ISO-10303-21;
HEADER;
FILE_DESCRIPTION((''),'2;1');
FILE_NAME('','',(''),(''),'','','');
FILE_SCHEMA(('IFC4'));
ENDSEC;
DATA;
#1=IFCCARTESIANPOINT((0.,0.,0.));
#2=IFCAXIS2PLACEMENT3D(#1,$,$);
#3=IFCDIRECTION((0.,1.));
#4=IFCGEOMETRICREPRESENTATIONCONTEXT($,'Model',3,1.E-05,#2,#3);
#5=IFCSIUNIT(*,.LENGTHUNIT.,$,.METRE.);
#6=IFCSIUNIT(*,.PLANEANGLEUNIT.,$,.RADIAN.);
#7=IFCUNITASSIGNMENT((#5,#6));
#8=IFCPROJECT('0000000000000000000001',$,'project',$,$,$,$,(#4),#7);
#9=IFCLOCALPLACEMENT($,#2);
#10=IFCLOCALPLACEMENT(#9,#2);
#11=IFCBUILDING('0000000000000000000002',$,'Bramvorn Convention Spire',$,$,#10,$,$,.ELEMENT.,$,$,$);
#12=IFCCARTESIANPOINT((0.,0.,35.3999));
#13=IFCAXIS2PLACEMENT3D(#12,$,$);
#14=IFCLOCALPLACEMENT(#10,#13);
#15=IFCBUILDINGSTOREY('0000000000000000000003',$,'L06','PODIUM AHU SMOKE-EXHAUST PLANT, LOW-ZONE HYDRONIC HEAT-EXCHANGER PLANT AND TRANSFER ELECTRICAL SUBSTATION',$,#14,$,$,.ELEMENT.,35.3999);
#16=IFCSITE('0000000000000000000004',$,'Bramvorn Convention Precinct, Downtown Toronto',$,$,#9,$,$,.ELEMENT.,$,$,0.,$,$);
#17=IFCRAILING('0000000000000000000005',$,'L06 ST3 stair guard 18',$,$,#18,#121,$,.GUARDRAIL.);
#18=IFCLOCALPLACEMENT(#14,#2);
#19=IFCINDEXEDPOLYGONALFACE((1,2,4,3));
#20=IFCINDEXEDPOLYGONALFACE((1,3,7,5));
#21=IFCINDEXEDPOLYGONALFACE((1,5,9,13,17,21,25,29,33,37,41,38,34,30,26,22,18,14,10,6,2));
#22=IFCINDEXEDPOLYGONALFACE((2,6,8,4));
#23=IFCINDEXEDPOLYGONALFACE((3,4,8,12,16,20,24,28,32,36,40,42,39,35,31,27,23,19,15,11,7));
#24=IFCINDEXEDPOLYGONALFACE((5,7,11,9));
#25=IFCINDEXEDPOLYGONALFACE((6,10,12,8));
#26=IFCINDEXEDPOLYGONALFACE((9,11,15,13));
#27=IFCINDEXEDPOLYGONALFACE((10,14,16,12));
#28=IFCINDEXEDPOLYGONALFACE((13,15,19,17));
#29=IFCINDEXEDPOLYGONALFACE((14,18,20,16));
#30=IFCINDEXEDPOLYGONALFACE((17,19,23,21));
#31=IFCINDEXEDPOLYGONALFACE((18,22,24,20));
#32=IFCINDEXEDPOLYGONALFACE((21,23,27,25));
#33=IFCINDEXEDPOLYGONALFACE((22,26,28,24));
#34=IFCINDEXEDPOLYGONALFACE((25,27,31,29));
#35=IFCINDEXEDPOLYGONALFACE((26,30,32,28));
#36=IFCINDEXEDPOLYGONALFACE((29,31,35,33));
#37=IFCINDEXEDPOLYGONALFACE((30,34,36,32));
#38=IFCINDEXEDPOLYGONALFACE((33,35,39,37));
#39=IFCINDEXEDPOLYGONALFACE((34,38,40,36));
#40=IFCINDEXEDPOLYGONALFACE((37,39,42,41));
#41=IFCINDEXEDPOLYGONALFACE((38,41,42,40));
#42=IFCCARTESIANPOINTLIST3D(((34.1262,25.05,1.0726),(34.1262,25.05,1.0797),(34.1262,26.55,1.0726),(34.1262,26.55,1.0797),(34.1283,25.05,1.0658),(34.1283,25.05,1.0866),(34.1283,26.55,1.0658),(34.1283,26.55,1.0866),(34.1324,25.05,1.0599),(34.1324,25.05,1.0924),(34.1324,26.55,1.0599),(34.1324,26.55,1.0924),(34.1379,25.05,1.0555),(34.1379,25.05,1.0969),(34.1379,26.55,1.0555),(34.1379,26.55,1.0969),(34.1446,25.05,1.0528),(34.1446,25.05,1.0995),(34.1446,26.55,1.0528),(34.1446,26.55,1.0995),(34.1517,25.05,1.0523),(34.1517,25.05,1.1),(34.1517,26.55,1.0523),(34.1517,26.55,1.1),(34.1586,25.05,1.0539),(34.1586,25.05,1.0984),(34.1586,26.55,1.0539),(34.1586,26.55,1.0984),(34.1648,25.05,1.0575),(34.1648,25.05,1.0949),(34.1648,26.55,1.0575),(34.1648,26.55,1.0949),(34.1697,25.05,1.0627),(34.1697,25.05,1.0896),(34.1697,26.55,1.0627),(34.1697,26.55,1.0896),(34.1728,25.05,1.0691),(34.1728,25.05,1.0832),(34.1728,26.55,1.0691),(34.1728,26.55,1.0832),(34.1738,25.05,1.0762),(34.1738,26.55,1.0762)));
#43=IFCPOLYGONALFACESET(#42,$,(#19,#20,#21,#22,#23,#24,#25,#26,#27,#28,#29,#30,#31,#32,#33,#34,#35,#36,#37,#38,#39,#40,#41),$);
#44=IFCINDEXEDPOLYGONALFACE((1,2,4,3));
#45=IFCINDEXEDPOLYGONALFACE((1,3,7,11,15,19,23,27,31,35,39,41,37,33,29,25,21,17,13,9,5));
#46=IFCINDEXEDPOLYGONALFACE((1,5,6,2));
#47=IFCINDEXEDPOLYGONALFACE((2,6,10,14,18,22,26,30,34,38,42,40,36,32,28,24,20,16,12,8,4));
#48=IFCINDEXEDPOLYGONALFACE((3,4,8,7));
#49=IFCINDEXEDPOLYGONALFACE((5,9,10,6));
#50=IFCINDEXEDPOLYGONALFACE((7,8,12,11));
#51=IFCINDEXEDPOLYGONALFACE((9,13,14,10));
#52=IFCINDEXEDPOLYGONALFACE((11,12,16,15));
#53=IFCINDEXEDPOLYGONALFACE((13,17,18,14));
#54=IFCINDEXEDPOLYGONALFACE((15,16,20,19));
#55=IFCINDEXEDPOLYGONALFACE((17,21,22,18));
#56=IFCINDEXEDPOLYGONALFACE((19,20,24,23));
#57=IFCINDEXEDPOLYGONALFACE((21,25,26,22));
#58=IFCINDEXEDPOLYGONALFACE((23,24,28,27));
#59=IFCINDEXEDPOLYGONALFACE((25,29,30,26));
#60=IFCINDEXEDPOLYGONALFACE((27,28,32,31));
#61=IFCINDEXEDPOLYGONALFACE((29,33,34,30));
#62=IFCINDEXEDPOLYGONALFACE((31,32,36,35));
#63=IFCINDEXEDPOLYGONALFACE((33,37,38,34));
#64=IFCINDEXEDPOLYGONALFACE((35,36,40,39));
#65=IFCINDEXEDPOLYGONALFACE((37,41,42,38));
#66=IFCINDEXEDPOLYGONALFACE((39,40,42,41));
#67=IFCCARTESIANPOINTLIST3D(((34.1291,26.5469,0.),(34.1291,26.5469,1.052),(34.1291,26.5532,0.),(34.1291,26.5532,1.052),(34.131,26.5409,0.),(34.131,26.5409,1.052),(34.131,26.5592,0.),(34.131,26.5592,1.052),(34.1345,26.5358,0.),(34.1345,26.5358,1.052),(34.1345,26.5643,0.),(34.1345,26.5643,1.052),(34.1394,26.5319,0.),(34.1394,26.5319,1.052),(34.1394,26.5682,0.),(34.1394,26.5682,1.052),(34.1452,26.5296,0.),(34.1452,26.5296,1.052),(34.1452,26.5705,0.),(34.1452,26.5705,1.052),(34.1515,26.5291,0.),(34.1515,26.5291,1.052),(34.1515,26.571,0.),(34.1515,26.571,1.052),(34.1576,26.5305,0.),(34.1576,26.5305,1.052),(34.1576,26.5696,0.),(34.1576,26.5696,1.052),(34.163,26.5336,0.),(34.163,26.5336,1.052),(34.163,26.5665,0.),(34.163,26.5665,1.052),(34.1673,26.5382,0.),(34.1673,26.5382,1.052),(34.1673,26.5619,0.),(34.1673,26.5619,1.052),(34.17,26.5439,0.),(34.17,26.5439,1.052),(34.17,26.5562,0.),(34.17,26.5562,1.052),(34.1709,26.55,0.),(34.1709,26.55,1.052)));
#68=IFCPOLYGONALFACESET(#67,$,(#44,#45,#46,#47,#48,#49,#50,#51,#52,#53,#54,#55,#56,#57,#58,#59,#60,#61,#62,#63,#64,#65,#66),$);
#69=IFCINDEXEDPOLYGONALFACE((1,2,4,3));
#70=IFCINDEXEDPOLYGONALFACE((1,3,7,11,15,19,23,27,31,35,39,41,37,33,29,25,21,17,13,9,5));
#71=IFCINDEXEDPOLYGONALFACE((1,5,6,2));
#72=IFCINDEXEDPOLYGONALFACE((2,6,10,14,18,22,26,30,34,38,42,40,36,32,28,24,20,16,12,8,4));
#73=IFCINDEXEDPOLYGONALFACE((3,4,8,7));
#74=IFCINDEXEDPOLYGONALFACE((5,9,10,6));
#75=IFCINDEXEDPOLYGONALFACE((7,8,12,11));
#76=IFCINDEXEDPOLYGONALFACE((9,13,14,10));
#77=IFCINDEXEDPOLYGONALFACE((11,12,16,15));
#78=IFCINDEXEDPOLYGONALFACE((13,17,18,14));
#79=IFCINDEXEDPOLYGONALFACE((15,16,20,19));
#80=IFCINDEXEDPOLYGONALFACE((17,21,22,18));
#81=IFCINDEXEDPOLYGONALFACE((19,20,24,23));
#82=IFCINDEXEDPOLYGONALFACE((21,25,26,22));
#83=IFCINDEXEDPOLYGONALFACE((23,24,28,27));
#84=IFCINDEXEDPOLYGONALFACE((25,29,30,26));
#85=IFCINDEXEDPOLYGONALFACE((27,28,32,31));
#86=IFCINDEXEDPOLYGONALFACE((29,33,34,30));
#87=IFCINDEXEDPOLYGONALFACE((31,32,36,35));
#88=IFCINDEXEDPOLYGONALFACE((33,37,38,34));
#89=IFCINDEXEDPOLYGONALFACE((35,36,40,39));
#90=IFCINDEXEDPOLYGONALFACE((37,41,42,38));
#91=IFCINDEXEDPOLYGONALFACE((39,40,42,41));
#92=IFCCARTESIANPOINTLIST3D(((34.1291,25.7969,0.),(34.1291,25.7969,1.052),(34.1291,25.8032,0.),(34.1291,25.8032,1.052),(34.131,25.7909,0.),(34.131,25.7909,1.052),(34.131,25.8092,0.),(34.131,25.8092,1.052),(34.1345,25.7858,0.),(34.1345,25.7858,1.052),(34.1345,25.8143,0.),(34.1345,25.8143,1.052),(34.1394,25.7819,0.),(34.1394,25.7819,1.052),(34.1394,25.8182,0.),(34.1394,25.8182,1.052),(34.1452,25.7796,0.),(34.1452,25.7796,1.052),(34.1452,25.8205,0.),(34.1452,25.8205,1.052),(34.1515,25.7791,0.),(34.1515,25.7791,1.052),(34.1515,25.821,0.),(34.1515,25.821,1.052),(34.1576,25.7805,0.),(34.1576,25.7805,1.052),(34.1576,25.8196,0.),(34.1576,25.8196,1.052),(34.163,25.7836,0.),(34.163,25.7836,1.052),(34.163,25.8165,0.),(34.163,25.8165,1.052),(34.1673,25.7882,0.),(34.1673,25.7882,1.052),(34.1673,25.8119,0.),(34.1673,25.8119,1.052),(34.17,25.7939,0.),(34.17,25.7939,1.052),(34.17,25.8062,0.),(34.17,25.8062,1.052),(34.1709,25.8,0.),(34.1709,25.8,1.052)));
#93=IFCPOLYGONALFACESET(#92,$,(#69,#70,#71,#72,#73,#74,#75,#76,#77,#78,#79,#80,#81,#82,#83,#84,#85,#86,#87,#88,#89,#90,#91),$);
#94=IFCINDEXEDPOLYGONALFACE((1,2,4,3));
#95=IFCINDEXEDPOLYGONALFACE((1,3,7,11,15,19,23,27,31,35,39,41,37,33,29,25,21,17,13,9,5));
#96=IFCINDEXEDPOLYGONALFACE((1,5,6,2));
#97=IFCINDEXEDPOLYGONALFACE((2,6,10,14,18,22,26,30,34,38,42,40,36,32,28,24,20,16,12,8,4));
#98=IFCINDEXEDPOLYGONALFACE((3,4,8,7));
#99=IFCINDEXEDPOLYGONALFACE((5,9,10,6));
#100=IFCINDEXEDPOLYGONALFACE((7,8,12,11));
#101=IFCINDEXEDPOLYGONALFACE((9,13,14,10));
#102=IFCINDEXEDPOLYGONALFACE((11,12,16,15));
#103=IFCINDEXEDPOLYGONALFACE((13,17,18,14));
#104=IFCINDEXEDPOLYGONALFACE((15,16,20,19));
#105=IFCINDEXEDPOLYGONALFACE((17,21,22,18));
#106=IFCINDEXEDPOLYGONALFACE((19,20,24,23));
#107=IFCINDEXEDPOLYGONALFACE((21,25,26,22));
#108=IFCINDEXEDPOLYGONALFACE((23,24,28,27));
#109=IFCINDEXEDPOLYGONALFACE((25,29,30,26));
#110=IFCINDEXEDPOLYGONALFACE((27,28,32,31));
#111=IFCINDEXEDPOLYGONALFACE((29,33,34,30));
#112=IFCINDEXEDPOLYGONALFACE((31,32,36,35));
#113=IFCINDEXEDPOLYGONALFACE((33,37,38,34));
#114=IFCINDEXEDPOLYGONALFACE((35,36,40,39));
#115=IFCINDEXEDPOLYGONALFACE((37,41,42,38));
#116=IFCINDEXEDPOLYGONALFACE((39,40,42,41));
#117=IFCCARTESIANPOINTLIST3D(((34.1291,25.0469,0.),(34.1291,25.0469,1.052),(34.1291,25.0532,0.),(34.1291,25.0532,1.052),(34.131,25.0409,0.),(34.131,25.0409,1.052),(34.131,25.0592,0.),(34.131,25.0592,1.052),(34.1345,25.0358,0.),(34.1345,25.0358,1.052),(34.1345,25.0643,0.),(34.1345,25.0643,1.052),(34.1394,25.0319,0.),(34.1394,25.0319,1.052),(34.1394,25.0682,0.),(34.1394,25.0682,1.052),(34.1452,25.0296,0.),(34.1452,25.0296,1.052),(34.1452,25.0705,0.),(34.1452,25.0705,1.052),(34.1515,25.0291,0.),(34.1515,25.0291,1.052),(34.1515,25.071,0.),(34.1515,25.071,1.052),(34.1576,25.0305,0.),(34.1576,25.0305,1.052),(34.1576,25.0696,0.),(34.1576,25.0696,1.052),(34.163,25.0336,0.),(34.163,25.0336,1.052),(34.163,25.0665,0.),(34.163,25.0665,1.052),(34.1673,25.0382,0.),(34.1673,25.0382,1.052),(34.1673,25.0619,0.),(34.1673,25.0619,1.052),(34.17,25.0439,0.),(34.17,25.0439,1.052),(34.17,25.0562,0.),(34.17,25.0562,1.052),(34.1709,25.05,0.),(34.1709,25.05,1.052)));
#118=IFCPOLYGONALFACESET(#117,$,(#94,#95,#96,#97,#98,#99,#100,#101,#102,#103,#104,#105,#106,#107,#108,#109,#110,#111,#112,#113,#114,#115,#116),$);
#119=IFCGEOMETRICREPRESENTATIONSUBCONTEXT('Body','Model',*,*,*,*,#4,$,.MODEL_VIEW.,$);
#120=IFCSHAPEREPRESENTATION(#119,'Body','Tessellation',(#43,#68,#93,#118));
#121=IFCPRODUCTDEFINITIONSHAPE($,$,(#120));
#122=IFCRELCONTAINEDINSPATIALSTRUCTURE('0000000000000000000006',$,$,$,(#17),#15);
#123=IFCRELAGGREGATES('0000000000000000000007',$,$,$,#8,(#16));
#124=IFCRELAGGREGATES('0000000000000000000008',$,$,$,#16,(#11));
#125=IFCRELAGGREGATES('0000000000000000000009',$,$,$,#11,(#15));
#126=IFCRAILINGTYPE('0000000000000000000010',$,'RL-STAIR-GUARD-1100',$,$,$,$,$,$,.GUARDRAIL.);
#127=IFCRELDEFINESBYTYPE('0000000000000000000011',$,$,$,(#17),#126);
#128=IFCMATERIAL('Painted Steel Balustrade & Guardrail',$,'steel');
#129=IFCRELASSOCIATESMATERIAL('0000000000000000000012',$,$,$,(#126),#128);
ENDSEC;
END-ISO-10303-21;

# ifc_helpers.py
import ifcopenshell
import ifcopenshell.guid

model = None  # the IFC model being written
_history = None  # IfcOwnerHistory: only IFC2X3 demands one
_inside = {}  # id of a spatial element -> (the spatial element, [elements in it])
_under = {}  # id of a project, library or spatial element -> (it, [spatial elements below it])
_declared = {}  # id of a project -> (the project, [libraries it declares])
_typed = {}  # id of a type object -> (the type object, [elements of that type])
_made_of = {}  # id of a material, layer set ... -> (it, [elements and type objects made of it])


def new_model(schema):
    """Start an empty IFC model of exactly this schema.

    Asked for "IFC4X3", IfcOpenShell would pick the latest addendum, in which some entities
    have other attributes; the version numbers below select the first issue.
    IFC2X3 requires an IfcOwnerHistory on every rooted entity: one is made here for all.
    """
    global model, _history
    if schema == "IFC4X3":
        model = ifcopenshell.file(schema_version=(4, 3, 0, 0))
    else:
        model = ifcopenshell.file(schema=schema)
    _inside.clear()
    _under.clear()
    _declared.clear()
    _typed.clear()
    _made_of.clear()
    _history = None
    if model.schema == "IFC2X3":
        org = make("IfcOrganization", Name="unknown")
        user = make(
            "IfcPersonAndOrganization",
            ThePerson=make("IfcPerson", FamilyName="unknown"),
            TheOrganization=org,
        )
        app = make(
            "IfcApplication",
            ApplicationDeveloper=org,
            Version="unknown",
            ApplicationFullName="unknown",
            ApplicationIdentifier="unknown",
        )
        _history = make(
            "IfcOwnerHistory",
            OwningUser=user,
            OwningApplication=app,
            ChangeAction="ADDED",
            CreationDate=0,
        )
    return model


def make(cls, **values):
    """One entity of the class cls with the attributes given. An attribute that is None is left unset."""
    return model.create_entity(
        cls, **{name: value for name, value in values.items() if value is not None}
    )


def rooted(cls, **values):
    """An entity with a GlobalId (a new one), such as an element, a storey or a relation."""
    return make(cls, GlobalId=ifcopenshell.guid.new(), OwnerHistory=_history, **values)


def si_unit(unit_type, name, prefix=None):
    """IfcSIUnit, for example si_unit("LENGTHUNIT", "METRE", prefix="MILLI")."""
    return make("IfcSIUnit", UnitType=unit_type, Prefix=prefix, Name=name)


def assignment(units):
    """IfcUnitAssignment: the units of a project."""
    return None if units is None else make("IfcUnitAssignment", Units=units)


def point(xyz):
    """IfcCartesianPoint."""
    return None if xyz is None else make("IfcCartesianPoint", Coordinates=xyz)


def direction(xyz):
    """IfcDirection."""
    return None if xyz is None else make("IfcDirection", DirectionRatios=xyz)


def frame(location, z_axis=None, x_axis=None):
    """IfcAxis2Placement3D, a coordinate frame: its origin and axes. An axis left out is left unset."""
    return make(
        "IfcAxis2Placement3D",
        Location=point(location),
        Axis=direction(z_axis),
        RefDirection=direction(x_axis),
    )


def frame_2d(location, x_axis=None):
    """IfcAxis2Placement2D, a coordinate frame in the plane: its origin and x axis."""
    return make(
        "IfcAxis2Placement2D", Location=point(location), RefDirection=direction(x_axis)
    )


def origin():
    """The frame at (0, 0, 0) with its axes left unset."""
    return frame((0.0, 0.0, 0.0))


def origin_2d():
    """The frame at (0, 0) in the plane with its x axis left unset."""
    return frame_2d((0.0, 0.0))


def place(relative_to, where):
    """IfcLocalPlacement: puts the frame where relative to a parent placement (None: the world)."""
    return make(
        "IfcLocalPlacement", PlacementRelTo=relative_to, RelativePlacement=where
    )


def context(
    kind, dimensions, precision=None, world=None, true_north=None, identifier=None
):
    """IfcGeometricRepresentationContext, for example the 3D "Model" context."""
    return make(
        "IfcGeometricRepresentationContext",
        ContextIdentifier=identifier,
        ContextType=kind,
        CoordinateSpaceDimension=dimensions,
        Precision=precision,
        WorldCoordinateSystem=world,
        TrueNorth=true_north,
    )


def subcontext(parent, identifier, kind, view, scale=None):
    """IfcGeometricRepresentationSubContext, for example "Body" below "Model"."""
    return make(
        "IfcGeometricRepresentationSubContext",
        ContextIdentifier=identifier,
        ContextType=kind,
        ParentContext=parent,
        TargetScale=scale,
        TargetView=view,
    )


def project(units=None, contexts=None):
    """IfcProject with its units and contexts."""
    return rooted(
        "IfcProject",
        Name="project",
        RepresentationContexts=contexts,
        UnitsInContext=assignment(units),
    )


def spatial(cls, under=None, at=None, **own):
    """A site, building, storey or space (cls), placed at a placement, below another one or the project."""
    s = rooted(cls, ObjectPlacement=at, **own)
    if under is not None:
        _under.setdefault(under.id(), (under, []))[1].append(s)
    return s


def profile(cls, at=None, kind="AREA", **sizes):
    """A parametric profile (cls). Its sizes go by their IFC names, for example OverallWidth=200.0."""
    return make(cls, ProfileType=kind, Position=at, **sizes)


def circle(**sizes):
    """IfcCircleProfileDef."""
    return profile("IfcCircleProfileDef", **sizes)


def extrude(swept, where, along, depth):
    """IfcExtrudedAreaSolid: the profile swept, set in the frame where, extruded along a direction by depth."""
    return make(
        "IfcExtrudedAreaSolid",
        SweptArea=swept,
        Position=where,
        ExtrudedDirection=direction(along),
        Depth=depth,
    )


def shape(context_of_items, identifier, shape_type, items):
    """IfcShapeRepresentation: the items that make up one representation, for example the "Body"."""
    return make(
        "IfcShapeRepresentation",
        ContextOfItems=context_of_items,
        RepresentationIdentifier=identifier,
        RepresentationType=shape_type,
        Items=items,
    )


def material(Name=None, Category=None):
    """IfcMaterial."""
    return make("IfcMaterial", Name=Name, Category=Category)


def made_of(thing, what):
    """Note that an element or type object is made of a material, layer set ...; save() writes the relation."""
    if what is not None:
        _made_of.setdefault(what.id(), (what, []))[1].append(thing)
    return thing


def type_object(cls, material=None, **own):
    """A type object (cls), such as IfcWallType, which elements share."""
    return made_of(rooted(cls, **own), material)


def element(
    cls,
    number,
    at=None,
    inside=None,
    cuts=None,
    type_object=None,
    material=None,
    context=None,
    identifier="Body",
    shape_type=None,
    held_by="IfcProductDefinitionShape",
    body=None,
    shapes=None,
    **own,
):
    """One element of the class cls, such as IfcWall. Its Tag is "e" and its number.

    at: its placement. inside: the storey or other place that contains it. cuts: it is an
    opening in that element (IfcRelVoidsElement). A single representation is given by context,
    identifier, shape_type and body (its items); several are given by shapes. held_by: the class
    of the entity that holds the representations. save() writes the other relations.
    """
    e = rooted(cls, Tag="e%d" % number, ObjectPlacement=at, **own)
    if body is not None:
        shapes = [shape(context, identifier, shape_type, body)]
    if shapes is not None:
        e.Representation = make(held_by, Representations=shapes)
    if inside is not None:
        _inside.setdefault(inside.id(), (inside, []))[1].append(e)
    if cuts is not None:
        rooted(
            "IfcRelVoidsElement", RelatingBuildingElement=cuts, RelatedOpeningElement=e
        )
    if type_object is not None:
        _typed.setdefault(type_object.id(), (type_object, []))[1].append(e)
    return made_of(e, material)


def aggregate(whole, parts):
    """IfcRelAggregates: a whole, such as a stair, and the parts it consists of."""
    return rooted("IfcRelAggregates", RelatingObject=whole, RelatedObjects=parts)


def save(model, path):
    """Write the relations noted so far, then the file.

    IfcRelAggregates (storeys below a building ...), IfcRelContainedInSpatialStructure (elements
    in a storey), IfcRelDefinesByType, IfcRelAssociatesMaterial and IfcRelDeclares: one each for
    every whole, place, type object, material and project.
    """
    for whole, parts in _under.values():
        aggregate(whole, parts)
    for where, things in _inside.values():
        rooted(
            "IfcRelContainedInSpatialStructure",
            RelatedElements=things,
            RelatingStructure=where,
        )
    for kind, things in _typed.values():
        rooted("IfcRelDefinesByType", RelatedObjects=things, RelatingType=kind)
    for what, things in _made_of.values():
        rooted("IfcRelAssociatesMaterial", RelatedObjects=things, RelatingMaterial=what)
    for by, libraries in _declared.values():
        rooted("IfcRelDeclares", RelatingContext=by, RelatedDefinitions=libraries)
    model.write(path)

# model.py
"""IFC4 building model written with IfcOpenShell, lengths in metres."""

from ifc_helpers import new_model, si_unit, direction, frame, origin, origin_2d, place, context, subcontext, project, spatial, circle, extrude, material, type_object, element, save


model = new_model("IFC4")

# Units and contexts
model_context = context("Model", 3, precision=1e-05, world=origin(), true_north=direction((0.0, 1.0)))
body_context = subcontext(model_context, "Body", "Model", "MODEL_VIEW")
ifc_project = project(units=[si_unit("LENGTHUNIT", "METRE"), si_unit("PLANEANGLEUNIT", "RADIAN")], contexts=[model_context])

# Site, building, storey
site_placement = place(None, origin())
site = spatial("IfcSite", under=ifc_project, at=site_placement, Name="Bramvorn Convention Precinct, Downtown Toronto", CompositionType="ELEMENT", RefElevation=0.0)
building_placement = place(site_placement, origin())
building = spatial("IfcBuilding", under=site, at=building_placement, Name="Bramvorn Convention Spire", CompositionType="ELEMENT")
storey_placement = place(building_placement, frame((0.0, 0.0, 35.3999)))
storey = spatial("IfcBuildingStorey", under=building, at=storey_placement, Name="L06", Description="PODIUM AHU SMOKE-EXHAUST PLANT, LOW-ZONE HYDRONIC HEAT-EXCHANGER PLANT AND TRANSFER ELECTRICAL SUBSTATION", CompositionType="ELEMENT", Elevation=35.3999)

# Railing
ifc_material_1 = material(Name="Painted Steel Balustrade & Guardrail", Category="steel")
railing_type_1 = type_object("IfcRailingType", Name="RL-STAIR-GUARD-1100", PredefinedType="GUARDRAIL", material=ifc_material_1)
railing_1_placement = place(storey_placement, frame((34.1499, 26.55, 0.0)))
element("IfcRailing", 1, at=railing_1_placement, inside=storey, type_object=railing_type_1, Name="L06 ST3 stair guard 18", PredefinedType="GUARDRAIL", context=body_context, shape_type="SweptSolid", body=[
    extrude(circle(Radius=0.0239, at=origin_2d()), frame((0.0, 0.0, 1.0762), z_axis=(0.0, -1.0, 0.0), x_axis=(1.0, 0.0, 0.0)), (0.0, 0.0, 1.0), 1.5),
    extrude(circle(Radius=0.021, at=origin_2d()), origin(), (0.0, 0.0, 1.0), 1.052),
    extrude(circle(Radius=0.021, at=origin_2d()), frame((0.0, -0.75, 0.0)), (0.0, 0.0, 1.0), 1.052),
    extrude(circle(Radius=0.021, at=origin_2d()), frame((0.0, -1.5, 0.0)), (0.0, 0.0, 1.0), 1.052),
])

save(model, "model.ifc")
